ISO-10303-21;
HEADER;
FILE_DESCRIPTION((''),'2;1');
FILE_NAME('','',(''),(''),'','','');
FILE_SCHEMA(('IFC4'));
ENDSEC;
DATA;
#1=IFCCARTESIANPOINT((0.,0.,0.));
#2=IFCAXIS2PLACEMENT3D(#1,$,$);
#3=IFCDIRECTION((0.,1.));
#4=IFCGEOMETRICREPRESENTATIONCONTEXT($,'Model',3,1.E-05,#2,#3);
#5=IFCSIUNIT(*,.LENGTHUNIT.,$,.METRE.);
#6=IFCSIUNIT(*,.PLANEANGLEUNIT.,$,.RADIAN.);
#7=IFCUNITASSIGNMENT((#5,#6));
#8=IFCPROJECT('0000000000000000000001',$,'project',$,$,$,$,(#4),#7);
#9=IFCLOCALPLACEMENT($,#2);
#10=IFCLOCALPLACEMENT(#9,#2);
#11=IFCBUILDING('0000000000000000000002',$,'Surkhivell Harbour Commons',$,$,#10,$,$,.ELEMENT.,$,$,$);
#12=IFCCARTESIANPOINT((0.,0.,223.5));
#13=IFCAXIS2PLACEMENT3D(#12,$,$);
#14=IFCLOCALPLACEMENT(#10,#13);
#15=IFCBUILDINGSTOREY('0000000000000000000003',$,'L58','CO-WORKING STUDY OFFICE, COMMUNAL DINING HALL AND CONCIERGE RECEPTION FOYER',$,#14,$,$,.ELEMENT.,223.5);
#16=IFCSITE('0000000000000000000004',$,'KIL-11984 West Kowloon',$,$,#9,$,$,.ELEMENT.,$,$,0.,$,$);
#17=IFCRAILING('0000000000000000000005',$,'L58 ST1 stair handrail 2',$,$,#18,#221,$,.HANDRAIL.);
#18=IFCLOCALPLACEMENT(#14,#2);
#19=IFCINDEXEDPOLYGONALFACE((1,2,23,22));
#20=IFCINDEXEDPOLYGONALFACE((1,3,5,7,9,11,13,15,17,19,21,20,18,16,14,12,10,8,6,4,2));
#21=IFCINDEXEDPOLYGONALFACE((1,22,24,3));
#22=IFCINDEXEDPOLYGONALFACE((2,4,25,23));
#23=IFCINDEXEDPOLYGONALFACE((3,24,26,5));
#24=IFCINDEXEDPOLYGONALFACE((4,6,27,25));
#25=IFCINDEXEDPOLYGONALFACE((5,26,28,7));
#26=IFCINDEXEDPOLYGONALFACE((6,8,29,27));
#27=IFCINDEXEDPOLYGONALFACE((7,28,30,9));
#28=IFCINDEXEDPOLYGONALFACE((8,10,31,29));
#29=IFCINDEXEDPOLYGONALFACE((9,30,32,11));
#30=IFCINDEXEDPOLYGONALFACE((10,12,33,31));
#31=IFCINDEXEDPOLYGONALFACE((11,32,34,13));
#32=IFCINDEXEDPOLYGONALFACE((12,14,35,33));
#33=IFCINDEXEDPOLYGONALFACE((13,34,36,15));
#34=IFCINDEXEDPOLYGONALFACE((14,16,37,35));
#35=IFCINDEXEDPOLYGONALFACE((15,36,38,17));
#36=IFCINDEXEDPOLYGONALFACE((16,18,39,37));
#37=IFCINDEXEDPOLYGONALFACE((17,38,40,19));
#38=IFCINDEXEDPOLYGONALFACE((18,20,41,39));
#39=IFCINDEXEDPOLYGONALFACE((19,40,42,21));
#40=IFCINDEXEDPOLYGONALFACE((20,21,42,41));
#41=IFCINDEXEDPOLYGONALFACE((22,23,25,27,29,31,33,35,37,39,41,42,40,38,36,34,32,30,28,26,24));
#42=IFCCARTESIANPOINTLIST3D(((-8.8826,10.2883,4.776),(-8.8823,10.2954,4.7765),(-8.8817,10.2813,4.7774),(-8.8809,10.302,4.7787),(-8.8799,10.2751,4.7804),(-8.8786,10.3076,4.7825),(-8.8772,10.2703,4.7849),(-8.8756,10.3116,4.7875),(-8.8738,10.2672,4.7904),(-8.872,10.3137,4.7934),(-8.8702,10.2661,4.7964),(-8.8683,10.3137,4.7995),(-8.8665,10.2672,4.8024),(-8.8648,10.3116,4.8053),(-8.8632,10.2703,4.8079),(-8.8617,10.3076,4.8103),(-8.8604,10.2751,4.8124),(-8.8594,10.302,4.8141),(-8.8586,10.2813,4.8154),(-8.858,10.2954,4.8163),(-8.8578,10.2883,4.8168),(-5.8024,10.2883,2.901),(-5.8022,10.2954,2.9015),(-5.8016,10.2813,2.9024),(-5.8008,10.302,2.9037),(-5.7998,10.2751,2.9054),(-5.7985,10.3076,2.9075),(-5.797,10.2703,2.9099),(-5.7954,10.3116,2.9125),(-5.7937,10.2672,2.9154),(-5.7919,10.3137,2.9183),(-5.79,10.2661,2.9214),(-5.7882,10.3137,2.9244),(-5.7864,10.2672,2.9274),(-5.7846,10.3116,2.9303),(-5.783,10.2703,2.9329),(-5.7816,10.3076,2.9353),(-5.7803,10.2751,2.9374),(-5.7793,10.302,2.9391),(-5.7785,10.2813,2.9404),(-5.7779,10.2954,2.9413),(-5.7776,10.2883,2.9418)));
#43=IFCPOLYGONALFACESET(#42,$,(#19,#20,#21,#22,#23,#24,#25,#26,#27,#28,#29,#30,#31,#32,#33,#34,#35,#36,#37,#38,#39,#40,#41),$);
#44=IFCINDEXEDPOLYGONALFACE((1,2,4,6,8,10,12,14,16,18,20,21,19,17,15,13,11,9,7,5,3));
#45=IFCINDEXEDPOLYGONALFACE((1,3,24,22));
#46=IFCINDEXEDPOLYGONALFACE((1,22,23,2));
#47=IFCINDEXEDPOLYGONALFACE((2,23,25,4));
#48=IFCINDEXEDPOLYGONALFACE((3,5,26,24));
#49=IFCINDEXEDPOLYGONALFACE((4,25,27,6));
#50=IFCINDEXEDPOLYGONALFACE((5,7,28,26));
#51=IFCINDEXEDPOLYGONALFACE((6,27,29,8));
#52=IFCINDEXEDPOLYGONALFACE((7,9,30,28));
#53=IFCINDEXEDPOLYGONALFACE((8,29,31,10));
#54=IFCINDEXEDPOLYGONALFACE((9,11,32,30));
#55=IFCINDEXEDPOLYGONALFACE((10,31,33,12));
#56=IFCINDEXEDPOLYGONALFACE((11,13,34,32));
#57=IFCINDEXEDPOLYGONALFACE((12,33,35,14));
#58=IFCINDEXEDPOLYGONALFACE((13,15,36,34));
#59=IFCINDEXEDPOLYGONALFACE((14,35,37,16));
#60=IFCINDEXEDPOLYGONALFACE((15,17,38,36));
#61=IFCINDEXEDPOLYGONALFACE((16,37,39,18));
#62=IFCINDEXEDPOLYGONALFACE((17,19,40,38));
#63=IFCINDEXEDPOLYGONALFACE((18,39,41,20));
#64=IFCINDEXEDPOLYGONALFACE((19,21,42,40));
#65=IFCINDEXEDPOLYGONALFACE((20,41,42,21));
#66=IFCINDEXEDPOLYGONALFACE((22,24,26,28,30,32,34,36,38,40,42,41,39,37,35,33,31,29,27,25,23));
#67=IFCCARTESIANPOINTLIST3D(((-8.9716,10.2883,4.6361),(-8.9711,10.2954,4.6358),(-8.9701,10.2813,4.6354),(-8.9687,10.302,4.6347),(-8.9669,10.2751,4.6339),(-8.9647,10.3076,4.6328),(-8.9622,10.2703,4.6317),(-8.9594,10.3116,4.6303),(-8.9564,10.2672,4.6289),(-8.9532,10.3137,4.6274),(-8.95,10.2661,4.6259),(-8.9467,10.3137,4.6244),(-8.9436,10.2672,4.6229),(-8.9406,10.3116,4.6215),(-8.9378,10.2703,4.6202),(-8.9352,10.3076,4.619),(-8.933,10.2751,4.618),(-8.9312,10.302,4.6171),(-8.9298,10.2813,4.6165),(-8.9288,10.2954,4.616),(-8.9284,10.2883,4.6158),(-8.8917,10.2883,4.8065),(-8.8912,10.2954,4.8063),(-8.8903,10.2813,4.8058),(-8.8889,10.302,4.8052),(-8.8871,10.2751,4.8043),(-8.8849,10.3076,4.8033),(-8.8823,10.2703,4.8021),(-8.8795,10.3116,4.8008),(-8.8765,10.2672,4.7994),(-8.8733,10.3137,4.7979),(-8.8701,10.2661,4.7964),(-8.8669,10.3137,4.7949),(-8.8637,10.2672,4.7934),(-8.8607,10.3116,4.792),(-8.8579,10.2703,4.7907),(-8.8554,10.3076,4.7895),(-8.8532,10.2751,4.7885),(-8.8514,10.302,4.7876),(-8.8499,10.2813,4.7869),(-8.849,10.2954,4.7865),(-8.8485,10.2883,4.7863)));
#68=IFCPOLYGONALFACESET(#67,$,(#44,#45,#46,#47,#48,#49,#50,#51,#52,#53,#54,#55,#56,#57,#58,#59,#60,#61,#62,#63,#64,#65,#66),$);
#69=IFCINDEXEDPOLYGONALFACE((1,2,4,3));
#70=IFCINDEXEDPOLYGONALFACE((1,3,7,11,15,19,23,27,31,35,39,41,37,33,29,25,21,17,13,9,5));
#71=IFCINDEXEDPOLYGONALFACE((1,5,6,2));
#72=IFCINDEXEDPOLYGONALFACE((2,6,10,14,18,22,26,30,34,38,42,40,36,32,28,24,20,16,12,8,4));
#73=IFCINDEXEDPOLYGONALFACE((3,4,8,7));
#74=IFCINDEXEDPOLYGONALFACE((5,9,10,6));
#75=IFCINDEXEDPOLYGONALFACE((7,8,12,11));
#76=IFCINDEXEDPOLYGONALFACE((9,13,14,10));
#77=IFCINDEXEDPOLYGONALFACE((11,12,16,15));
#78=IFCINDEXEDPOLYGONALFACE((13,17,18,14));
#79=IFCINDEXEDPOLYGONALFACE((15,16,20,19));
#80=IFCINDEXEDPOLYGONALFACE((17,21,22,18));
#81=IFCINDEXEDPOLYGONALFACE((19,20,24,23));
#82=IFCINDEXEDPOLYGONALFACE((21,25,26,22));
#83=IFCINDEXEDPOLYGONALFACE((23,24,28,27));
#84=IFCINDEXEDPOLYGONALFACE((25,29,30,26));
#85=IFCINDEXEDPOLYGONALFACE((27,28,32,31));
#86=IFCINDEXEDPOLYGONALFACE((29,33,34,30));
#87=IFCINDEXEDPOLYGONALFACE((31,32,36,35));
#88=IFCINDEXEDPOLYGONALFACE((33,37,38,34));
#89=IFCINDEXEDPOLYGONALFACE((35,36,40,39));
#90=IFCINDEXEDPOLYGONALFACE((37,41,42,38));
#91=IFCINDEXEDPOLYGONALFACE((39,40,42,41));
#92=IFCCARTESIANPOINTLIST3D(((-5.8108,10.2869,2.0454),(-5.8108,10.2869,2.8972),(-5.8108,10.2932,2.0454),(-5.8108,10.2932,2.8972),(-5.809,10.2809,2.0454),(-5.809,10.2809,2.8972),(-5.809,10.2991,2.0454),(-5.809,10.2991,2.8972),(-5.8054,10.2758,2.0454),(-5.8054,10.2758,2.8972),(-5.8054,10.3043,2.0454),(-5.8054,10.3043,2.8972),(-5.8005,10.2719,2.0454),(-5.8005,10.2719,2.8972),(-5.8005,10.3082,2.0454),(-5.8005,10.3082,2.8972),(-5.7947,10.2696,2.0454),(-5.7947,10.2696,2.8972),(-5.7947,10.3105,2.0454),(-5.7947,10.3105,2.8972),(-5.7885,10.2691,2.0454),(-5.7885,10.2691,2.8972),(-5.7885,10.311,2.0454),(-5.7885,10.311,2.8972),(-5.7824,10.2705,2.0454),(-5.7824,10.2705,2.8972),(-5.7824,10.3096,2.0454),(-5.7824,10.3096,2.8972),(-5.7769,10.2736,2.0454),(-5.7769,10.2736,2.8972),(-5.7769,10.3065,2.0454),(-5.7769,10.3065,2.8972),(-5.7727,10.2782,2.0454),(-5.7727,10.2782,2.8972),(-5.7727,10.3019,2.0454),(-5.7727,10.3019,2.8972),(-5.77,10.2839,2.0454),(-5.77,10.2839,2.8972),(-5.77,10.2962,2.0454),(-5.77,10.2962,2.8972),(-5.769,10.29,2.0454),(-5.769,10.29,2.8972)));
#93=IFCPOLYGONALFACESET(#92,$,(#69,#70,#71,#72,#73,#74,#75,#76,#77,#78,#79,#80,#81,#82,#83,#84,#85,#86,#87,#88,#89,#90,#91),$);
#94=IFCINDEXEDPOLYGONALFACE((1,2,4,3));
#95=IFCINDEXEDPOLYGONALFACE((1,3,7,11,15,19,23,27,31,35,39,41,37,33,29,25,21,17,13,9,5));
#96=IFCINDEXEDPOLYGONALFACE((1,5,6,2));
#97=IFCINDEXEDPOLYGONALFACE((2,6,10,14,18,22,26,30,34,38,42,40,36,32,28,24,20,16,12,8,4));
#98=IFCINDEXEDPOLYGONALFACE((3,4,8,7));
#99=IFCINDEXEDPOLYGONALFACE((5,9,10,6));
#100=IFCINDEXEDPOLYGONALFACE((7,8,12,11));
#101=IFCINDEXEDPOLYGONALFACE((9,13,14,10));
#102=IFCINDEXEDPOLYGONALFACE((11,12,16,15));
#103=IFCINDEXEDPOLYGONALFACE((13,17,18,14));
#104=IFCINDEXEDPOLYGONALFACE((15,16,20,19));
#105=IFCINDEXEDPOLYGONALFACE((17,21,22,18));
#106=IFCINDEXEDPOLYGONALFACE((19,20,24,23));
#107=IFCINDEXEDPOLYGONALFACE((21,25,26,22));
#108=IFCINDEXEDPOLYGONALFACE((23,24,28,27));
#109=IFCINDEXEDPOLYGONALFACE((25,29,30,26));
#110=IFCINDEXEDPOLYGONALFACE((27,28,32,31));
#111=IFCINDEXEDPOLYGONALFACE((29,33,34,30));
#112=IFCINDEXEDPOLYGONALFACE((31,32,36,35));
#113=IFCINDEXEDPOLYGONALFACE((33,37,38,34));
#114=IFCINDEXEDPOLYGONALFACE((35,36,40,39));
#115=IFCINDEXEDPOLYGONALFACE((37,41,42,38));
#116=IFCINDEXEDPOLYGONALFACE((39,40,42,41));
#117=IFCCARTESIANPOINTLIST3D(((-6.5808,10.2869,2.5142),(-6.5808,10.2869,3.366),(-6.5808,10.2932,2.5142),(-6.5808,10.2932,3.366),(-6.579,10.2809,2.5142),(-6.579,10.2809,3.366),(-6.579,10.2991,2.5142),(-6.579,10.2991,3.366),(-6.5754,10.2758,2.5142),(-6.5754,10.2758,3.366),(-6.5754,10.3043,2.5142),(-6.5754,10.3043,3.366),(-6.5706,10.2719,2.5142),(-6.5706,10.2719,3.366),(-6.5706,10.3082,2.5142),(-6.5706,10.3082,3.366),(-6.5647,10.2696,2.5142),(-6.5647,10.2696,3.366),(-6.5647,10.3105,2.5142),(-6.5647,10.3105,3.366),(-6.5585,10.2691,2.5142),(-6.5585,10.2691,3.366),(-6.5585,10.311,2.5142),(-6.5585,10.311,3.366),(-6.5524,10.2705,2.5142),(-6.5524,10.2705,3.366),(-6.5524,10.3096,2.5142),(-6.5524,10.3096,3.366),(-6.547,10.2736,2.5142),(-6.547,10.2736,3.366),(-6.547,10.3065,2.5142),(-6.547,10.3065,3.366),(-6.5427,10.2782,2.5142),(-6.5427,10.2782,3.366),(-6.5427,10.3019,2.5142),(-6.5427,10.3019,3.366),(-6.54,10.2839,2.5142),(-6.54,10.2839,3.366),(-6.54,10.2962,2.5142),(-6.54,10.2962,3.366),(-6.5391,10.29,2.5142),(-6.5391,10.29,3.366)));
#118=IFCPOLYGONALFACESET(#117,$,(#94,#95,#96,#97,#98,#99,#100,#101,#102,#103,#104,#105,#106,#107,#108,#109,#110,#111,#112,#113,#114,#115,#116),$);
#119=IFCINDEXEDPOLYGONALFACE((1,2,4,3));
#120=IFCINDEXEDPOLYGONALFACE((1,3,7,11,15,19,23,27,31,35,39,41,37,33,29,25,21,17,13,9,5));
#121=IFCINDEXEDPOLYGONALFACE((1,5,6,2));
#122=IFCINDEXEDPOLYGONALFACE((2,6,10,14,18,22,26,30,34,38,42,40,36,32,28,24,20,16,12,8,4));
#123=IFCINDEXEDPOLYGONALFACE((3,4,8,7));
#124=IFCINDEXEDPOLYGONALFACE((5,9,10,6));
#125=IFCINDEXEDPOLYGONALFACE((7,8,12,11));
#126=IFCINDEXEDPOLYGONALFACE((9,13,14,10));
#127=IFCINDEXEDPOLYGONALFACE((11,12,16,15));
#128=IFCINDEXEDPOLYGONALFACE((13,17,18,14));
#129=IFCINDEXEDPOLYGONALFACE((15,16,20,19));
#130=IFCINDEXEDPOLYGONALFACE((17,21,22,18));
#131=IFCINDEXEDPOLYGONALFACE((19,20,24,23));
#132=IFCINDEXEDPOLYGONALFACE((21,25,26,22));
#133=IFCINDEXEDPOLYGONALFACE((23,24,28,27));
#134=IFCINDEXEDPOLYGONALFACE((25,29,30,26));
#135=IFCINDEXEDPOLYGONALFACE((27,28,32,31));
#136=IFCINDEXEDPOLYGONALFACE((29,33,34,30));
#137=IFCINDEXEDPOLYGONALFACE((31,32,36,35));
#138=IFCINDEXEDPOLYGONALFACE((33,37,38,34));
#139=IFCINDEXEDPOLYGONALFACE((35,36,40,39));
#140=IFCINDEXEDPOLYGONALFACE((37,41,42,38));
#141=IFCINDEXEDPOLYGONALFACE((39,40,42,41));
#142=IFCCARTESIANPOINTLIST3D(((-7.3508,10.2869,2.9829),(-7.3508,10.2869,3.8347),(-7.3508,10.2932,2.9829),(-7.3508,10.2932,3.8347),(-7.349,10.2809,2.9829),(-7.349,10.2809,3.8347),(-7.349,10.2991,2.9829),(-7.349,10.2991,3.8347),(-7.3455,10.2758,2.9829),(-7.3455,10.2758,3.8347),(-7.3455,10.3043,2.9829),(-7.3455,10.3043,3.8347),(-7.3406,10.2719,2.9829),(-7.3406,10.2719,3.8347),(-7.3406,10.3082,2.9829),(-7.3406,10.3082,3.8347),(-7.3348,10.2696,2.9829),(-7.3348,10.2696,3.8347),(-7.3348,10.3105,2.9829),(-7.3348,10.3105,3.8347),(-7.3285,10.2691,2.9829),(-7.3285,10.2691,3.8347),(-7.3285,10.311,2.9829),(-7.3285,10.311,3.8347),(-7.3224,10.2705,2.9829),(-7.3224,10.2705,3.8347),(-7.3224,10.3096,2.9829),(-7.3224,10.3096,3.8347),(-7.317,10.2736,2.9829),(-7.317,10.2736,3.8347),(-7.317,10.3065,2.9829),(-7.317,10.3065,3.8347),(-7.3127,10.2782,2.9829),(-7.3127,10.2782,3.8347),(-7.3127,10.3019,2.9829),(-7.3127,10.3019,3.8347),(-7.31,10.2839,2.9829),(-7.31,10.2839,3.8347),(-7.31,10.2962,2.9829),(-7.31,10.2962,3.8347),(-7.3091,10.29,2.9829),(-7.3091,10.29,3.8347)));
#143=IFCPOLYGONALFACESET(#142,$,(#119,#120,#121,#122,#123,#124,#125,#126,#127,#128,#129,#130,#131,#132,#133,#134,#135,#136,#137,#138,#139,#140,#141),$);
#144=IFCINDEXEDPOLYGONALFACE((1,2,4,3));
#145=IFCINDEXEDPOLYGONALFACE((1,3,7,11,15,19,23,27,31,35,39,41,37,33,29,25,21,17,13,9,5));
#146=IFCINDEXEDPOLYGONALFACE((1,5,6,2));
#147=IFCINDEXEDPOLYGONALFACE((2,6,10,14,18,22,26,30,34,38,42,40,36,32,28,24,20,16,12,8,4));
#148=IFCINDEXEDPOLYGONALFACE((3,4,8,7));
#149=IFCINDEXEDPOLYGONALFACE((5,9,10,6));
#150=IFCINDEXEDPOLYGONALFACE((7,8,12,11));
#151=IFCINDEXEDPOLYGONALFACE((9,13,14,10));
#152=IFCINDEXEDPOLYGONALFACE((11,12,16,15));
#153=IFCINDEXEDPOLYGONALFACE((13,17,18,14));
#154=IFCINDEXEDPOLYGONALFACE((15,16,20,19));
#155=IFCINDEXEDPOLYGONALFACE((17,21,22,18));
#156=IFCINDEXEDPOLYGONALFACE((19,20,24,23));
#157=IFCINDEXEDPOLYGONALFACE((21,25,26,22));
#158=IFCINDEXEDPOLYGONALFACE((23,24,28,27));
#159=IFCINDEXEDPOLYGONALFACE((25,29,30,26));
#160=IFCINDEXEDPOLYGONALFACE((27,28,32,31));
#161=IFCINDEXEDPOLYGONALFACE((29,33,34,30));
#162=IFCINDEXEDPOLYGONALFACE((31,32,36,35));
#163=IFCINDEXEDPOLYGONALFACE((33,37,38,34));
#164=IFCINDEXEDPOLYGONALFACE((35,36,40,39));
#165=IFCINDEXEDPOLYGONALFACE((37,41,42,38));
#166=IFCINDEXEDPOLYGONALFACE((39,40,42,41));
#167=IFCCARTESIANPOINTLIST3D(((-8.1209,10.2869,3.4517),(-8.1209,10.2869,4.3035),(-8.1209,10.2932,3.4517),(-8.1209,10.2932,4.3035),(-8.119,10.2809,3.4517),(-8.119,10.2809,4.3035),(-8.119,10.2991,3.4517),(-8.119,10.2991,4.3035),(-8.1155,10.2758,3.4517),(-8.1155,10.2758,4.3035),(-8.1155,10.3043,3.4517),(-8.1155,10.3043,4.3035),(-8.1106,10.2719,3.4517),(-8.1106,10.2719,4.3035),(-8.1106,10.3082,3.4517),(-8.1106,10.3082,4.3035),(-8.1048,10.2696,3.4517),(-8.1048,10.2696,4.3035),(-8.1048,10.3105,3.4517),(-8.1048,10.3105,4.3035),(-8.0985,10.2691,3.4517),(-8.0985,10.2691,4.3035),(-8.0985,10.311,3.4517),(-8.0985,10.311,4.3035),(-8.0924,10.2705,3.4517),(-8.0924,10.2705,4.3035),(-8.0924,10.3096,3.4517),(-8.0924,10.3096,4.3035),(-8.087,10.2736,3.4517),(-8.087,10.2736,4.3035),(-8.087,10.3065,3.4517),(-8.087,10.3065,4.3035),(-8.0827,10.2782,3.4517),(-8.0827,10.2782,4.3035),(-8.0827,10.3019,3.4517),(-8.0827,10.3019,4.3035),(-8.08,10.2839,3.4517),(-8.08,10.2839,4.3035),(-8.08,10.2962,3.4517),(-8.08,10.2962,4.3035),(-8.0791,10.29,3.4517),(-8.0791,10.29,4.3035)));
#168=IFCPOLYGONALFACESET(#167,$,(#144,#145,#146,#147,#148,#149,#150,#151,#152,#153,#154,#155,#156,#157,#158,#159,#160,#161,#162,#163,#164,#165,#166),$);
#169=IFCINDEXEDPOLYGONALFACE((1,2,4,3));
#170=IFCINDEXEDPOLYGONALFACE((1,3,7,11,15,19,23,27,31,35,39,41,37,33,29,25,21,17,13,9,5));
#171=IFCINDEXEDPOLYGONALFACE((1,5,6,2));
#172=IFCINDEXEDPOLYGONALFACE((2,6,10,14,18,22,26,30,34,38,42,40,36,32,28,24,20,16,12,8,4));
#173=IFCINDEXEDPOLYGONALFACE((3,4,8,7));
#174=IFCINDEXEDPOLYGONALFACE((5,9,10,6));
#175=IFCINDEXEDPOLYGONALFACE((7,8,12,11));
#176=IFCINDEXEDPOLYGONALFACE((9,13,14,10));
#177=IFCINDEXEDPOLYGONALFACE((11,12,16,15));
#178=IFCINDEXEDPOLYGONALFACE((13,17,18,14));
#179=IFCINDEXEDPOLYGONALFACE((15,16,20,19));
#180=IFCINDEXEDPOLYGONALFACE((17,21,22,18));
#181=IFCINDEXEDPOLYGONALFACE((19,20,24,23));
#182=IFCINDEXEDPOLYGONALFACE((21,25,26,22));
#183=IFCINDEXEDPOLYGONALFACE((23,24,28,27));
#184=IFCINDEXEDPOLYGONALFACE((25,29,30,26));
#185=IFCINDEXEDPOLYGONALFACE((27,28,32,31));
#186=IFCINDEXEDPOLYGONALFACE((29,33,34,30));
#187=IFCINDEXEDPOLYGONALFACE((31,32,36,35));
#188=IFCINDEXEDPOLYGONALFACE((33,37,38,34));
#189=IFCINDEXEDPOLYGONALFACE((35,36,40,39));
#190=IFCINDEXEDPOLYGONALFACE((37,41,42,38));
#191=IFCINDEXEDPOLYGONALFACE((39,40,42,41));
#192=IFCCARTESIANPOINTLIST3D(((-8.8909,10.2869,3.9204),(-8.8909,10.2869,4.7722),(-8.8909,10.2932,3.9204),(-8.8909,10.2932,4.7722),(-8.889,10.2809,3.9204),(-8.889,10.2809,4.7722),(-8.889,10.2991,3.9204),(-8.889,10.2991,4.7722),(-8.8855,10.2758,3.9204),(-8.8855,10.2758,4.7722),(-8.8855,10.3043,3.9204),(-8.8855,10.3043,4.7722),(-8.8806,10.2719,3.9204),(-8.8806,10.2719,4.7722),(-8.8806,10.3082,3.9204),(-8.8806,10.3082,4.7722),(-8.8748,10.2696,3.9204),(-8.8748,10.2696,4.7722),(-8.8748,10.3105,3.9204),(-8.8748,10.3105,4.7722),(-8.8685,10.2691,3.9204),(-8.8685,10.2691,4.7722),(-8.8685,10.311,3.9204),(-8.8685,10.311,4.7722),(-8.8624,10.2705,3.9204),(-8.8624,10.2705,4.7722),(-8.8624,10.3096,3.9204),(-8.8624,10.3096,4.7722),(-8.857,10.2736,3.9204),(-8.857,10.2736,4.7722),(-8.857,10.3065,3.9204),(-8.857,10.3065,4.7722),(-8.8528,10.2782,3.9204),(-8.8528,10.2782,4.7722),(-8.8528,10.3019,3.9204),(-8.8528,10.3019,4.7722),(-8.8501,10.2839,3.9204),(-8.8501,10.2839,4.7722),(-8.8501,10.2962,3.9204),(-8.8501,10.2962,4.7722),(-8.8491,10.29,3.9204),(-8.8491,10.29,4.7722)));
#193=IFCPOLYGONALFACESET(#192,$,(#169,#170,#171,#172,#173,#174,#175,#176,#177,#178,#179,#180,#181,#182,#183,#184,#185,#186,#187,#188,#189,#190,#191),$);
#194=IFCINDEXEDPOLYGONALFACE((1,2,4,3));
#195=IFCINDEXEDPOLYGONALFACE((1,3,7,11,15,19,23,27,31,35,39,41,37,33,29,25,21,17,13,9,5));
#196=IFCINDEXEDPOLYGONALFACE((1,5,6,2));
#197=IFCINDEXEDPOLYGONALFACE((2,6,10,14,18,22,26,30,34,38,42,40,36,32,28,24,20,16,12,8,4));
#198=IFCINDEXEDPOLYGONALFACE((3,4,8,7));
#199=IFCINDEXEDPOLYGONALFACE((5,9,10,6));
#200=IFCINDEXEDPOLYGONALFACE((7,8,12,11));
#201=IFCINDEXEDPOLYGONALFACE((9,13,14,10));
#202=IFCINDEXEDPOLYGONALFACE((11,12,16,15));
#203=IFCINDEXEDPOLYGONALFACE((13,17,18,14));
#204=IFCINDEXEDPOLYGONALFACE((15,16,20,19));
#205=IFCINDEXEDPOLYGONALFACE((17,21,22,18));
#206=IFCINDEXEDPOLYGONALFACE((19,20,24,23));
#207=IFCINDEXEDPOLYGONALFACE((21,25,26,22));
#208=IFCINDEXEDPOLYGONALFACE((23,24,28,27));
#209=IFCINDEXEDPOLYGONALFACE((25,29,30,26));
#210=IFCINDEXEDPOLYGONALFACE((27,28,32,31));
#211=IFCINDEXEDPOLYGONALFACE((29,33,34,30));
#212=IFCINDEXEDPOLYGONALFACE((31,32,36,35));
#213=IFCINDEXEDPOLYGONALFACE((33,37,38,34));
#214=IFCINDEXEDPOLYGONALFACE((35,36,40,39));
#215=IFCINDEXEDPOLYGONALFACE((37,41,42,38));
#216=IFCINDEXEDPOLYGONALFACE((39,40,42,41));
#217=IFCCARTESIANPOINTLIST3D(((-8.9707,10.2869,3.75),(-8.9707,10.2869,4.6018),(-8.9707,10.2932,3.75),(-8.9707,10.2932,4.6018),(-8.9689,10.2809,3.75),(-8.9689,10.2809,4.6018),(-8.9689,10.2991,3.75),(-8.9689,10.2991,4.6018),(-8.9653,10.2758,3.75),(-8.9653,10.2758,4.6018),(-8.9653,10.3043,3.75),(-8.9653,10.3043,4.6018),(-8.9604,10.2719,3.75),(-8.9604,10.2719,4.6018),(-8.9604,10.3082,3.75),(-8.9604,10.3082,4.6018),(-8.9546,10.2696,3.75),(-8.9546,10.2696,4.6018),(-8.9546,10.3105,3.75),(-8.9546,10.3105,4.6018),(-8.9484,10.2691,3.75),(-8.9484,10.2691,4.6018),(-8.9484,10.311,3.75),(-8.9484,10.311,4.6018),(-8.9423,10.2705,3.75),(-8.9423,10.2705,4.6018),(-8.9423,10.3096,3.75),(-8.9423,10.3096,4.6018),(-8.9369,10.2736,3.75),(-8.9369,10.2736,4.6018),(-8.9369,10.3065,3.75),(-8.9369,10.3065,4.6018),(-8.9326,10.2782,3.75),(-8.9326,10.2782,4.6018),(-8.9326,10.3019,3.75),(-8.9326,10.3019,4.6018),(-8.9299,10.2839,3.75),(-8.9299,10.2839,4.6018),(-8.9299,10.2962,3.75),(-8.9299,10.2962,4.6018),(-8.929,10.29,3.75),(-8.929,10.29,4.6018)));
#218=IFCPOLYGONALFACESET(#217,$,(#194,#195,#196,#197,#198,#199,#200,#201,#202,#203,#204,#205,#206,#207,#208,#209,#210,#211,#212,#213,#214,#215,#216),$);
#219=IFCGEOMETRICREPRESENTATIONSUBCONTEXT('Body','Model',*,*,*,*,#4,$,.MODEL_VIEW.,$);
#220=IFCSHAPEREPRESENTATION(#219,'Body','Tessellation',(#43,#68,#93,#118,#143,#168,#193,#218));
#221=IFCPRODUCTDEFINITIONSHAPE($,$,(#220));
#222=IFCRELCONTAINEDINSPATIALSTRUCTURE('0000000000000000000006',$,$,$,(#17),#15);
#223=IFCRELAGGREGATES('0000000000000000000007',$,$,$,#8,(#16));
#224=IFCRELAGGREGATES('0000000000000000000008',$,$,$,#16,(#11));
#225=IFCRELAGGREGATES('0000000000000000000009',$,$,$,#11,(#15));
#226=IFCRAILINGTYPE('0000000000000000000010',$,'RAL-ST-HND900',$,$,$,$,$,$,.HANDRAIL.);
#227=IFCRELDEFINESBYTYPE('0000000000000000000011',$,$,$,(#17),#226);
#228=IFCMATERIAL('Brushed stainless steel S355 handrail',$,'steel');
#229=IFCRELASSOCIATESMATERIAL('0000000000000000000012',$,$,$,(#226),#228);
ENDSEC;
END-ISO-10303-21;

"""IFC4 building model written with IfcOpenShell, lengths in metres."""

from ifc_helpers import new_model, si_unit, direction, frame, origin, origin_2d, place, context, subcontext, project, spatial, circle, extrude, material, type_object, element, save


model = new_model("IFC4")

# Units and contexts
model_context = context("Model", 3, precision=1e-05, world=origin(), true_north=direction((0.0, 1.0)))
body_context = subcontext(model_context, "Body", "Model", "MODEL_VIEW")
ifc_project = project(units=[si_unit("LENGTHUNIT", "METRE"), si_unit("PLANEANGLEUNIT", "RADIAN")], contexts=[model_context])

# Site, building, storey
site_placement = place(None, origin())
site = spatial("IfcSite", under=ifc_project, at=site_placement, Name="KIL-11984 West Kowloon", CompositionType="ELEMENT", RefElevation=0.0)
building_placement = place(site_placement, origin())
building = spatial("IfcBuilding", under=site, at=building_placement, Name="Surkhivell Harbour Commons", CompositionType="ELEMENT")
storey_placement = place(building_placement, frame((0.0, 0.0, 223.5)))
storey = spatial("IfcBuildingStorey", under=building, at=storey_placement, Name="L58", Description="CO-WORKING STUDY OFFICE, COMMUNAL DINING HALL AND CONCIERGE RECEPTION FOYER", CompositionType="ELEMENT", Elevation=223.5)

# Railing
ifc_material_1 = material(Name="Brushed stainless steel S355 handrail", Category="steel")
railing_type_1 = type_object("IfcRailingType", Name="RAL-ST-HND900", PredefinedType="HANDRAIL", material=ifc_material_1)
railing_1_placement = place(storey_placement, frame((-5.79, 10.29, 2.0454)))
element("IfcRailing", 1, at=railing_1_placement, inside=storey, type_object=railing_type_1, Name="L58 ST1 stair handrail 2", PredefinedType="HANDRAIL", context=body_context, shape_type="SweptSolid", body=[
    extrude(circle(Radius=0.0239, at=origin_2d()), frame((0.0, 0.0, 0.876), z_axis=(-0.854178, 0.0, 0.519981), x_axis=(0.0, -1.0, 0.0)), (0.0, 0.0, 1.0), 3.606),
    extrude(circle(Radius=0.0239, at=origin_2d()), frame((-3.0801, 0.0, 2.751), z_axis=(-0.424234, 0.0, -0.905552), x_axis=(0.0, -1.0, 0.0)), (0.0, 0.0, 1.0), 0.1882),
    extrude(circle(Radius=0.021, at=origin_2d()), origin(), (0.0, 0.0, 1.0), 0.8518),
    extrude(circle(Radius=0.021, at=origin_2d()), frame((-0.77, 0.0, 0.4688)), (0.0, 0.0, 1.0), 0.8518),
    extrude(circle(Radius=0.021, at=origin_2d()), frame((-1.54, 0.0, 0.9375)), (0.0, 0.0, 1.0), 0.8518),
    extrude(circle(Radius=0.021, at=origin_2d()), frame((-2.3101, 0.0, 1.4062)), (0.0, 0.0, 1.0), 0.8518),
    extrude(circle(Radius=0.021, at=origin_2d()), frame((-3.0801, 0.0, 1.875)), (0.0, 0.0, 1.0), 0.8518),
    extrude(circle(Radius=0.021, at=origin_2d()), frame((-3.1599, 0.0, 1.7046)), (0.0, 0.0, 1.0), 0.8518),
])

save(model, "model.ifc")
